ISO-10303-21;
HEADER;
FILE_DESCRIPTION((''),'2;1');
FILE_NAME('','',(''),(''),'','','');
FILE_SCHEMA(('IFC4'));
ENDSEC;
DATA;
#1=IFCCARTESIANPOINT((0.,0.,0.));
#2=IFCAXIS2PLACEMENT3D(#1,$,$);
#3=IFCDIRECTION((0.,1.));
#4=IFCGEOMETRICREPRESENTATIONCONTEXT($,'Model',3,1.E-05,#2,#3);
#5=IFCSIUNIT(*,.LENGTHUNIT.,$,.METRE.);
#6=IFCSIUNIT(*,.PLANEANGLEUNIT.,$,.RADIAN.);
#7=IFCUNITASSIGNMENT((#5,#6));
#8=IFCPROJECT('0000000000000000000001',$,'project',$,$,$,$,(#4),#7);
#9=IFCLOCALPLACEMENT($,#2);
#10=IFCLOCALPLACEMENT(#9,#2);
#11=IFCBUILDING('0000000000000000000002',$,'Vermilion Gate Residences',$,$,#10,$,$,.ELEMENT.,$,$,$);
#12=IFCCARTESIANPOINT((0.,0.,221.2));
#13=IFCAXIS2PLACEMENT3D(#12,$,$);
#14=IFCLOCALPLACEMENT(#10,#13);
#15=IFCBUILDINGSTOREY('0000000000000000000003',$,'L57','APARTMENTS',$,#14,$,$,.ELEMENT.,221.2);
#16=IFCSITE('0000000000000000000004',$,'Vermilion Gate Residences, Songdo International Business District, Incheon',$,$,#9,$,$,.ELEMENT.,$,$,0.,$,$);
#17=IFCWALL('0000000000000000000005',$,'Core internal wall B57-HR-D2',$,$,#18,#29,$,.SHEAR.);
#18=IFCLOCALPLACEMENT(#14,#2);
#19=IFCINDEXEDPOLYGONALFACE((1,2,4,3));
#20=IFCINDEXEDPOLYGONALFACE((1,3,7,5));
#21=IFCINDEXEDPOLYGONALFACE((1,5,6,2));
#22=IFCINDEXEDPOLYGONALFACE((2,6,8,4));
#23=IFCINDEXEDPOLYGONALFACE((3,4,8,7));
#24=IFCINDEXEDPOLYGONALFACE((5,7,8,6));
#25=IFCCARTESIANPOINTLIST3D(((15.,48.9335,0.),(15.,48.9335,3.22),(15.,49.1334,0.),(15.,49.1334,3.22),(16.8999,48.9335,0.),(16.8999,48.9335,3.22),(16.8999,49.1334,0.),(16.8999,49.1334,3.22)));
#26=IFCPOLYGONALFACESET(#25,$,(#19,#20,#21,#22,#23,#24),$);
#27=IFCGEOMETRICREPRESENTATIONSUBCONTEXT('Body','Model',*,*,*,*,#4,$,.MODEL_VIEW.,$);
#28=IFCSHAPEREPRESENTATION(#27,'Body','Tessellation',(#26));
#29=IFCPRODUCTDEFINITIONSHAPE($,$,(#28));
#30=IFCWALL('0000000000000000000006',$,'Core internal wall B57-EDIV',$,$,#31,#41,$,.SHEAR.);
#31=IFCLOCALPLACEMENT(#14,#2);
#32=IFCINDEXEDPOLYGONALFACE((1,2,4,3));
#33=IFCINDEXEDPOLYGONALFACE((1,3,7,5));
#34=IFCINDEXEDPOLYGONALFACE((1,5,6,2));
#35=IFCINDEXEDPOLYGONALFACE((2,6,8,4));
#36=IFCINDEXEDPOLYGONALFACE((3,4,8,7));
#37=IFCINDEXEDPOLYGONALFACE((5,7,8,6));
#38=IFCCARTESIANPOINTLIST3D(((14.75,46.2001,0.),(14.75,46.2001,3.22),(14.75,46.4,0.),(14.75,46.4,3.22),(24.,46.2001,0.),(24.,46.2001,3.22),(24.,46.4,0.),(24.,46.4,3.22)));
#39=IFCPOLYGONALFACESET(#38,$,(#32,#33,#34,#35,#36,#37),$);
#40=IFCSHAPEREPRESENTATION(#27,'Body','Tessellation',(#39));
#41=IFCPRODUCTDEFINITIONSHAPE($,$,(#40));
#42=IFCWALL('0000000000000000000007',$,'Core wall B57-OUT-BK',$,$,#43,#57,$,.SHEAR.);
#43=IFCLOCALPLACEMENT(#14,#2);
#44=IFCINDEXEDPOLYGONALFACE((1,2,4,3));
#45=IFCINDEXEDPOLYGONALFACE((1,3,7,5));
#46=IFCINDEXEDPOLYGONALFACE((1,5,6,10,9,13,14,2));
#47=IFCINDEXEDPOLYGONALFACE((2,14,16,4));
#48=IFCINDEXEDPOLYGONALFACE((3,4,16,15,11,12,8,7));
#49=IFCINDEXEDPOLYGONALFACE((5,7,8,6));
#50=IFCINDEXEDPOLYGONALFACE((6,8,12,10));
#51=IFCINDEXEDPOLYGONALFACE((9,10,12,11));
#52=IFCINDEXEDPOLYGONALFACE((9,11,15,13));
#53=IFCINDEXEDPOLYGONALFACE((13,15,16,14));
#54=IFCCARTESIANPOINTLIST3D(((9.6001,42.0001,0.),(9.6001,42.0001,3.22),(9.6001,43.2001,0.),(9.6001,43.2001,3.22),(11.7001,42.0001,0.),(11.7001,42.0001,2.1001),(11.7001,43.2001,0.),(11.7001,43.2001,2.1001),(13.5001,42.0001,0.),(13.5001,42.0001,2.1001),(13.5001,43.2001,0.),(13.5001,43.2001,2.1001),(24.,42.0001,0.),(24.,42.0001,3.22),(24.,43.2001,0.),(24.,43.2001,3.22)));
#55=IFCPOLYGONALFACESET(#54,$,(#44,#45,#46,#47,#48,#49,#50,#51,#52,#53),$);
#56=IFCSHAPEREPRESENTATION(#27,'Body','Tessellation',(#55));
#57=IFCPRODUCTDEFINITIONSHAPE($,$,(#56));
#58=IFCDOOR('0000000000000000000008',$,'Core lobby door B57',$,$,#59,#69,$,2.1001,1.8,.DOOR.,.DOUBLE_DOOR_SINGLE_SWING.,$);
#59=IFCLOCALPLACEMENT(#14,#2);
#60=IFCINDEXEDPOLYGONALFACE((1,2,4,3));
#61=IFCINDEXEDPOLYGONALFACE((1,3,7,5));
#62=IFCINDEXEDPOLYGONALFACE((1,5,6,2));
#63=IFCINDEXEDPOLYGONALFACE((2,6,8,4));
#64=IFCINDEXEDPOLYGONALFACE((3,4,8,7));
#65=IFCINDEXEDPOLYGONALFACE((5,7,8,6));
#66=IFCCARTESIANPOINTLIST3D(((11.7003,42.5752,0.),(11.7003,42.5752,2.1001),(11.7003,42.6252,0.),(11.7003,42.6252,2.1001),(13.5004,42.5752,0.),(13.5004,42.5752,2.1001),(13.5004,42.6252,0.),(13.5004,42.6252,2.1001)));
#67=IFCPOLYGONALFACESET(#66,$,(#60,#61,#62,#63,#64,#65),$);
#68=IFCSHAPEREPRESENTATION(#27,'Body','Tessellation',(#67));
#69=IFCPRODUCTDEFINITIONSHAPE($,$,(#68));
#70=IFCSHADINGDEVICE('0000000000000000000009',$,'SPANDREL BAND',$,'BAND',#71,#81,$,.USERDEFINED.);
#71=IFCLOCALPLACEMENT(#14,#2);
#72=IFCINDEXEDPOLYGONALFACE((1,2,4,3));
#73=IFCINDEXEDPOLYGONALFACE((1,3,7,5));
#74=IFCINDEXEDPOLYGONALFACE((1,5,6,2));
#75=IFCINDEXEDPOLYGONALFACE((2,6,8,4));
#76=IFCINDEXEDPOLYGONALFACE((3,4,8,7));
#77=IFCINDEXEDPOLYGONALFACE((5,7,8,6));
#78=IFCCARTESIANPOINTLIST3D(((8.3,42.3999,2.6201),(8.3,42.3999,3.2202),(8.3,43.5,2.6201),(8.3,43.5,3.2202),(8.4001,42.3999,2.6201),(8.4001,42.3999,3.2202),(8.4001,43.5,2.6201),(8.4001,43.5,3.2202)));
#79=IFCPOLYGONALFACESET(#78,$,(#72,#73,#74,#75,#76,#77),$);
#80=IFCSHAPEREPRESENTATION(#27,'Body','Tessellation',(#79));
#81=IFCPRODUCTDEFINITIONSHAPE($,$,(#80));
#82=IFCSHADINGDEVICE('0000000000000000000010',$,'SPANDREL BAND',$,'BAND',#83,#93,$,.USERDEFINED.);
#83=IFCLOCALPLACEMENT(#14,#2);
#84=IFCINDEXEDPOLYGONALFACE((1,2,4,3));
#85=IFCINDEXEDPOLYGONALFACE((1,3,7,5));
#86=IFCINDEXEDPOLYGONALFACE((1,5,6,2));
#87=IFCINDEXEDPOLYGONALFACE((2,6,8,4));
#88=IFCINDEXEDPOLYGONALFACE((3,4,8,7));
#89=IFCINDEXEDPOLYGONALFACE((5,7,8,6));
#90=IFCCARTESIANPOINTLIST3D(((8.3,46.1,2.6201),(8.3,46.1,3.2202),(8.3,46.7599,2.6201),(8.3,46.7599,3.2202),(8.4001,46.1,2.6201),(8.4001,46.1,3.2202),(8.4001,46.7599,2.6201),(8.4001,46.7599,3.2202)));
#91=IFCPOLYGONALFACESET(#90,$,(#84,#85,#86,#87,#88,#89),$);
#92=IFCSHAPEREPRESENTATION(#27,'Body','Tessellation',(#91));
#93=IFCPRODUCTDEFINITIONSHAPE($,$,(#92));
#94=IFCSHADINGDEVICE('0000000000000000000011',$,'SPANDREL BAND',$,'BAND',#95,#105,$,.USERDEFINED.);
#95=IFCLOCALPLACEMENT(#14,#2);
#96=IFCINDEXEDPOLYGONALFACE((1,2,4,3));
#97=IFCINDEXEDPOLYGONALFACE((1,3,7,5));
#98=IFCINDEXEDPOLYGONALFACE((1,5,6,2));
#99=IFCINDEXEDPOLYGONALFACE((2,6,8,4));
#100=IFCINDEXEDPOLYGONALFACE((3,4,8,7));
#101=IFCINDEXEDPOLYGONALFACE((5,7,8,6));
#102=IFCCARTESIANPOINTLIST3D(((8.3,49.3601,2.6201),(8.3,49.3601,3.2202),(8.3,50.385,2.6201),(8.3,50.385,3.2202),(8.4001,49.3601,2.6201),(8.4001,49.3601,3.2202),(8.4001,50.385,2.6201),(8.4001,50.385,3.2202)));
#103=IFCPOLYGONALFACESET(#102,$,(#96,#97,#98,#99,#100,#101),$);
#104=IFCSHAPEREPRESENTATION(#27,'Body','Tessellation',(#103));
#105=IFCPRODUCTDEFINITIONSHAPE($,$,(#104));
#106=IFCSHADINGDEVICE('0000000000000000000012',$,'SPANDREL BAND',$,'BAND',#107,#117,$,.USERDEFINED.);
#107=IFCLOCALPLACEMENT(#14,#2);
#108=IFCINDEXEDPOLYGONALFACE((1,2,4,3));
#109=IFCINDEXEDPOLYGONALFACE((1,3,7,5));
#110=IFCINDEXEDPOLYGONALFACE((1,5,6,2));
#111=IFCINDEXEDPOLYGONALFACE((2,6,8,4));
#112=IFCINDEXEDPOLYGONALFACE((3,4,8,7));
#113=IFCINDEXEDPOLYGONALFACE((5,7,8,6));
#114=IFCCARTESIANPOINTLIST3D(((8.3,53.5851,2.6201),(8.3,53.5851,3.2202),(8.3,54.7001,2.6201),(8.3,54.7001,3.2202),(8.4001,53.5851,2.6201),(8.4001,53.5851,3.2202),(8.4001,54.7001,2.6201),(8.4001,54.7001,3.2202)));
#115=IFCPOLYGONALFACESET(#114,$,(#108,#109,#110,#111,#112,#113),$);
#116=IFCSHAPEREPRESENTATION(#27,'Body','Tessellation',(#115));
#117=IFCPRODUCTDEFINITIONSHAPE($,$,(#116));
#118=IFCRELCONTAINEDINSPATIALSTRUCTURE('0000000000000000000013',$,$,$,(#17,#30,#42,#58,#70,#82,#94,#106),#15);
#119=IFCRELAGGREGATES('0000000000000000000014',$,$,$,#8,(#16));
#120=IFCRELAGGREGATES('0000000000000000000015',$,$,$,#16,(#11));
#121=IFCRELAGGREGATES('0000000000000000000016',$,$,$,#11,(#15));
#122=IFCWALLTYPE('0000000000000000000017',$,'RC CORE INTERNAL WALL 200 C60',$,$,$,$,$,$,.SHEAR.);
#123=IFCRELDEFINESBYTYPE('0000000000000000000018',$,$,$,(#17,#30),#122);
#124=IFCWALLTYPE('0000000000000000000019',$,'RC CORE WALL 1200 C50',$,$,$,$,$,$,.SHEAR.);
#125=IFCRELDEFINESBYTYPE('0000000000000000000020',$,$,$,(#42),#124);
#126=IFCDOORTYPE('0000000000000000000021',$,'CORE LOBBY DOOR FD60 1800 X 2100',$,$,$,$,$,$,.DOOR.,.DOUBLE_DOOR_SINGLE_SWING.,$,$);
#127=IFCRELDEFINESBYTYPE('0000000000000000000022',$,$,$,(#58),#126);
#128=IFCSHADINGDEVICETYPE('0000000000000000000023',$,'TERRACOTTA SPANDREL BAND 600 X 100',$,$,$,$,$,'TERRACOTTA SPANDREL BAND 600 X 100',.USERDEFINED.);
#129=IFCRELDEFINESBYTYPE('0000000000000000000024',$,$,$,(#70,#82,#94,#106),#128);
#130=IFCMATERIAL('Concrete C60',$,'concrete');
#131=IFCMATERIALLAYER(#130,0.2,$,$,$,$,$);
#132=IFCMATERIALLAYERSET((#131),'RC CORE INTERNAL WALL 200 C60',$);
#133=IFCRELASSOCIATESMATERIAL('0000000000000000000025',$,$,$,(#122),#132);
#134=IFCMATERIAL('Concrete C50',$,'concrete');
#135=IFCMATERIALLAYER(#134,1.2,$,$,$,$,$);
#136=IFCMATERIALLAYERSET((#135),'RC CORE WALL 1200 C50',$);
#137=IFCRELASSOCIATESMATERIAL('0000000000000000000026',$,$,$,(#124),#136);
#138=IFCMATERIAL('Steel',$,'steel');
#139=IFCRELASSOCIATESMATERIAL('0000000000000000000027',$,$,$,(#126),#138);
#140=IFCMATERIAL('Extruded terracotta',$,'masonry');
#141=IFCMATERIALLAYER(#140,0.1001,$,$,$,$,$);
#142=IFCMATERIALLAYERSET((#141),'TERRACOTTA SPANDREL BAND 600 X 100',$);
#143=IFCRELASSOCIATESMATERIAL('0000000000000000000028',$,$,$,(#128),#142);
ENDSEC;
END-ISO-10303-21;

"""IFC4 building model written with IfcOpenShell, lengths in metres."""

from ifc_helpers import new_model, si_unit, direction, frame, frame_2d, origin, origin_2d, place, context, subcontext, project, spatial, rectangle, extrude, material, layer, layer_set, type_object, element, fill, save


model = new_model("IFC4")

# Units and contexts
model_context = context("Model", 3, precision=1e-05, world=origin(), true_north=direction((0.0, 1.0)))
body_context = subcontext(model_context, "Body", "Model", "MODEL_VIEW")
ifc_project = project(units=[si_unit("LENGTHUNIT", "METRE"), si_unit("PLANEANGLEUNIT", "RADIAN")], contexts=[model_context])

# Site, building, storey
site_placement = place(None, origin())
site = spatial("IfcSite", under=ifc_project, at=site_placement, Name="Vermilion Gate Residences, Songdo International Business District, Incheon", CompositionType="ELEMENT", RefElevation=0.0)
building_placement = place(site_placement, origin())
building = spatial("IfcBuilding", under=site, at=building_placement, Name="Vermilion Gate Residences", CompositionType="ELEMENT")
storey_placement = place(building_placement, frame((0.0, 0.0, 221.2)))
storey = spatial("IfcBuildingStorey", under=building, at=storey_placement, Name="L57", Description="APARTMENTS", CompositionType="ELEMENT", Elevation=221.2)

# Walls
ifc_material_1 = material(Name="Concrete C60", Category="concrete")
ifc_layer_1 = layer(ifc_material_1, 0.2)
ifc_layer_set_1 = layer_set([ifc_layer_1], Name="RC CORE INTERNAL WALL 200 C60")
wall_type_1 = type_object("IfcWallType", Name="RC CORE INTERNAL WALL 200 C60", PredefinedType="SHEAR", material=ifc_layer_set_1)
for number, where, z_axis, x_axis, name in (
    (1, (15.0, 49.0334, 0.0), (0.0, 0.0, 1.0), (1.0, 0.0, 0.0), "Core internal wall B57-HR-D2"),
):
    element("IfcWall", number, at=place(storey_placement, frame(where, z_axis=z_axis, x_axis=x_axis)), inside=storey, type_object=wall_type_1, Name=name, PredefinedType="SHEAR", context=body_context, shape_type="SweptSolid", body=[
        extrude(rectangle(XDim=1.8999, YDim=0.2, at=frame_2d((0.95, 0.0))), origin(), (0.0, 0.0, 1.0), 3.22),
    ])
wall_1_placement = place(storey_placement, frame((14.75, 46.3, 0.0), z_axis=(0.0, 0.0, 1.0), x_axis=(1.0, 0.0, 0.0)))
element("IfcWall", 2, at=wall_1_placement, inside=storey, type_object=wall_type_1, Name="Core internal wall B57-EDIV", PredefinedType="SHEAR", context=body_context, shape_type="SweptSolid", body=[
    extrude(rectangle(XDim=9.25, YDim=0.2, at=frame_2d((4.625, 0.0))), origin(), (0.0, 0.0, 1.0), 3.22),
])

# Wall, opening, door
ifc_material_2 = material(Name="Concrete C50", Category="concrete")
ifc_layer_2 = layer(ifc_material_2, 1.2)
ifc_layer_set_2 = layer_set([ifc_layer_2], Name="RC CORE WALL 1200 C50")
wall_type_2 = type_object("IfcWallType", Name="RC CORE WALL 1200 C50", PredefinedType="SHEAR", material=ifc_layer_set_2)
wall_2_placement = place(storey_placement, frame((9.6001, 42.6001, 0.0), z_axis=(0.0, 0.0, 1.0), x_axis=(1.0, 0.0, 0.0)))
wall_2 = element("IfcWall", 3, at=wall_2_placement, inside=storey, type_object=wall_type_2, Name="Core wall B57-OUT-BK", PredefinedType="SHEAR", context=body_context, shape_type="SweptSolid", body=[
    extrude(rectangle(XDim=14.3999, YDim=1.2, at=frame_2d((7.2, 0.0))), origin(), (0.0, 0.0, 1.0), 3.22),
])
opening_1_placement = place(wall_2_placement, frame((2.1001, 0.0, 0.0)))
opening_1 = element("IfcOpeningElement", 4, at=opening_1_placement, cuts=wall_2, PredefinedType="OPENING", context=body_context, shape_type="SweptSolid", body=[
    extrude(rectangle(XDim=1.8, YDim=2.1001, at=frame_2d((0.8999, 1.05))), frame((0.0, 0.6099, 0.0), z_axis=(0.0, -1.0, 0.0), x_axis=(1.0, 0.0, 0.0)), (0.0, 0.0, 1.0), 1.22),
])
ifc_material_3 = material(Name="Steel", Category="steel")
door_type_1 = type_object("IfcDoorType", Name="CORE LOBBY DOOR FD60 1800 X 2100", OperationType="DOUBLE_DOOR_SINGLE_SWING", PredefinedType="DOOR", material=ifc_material_3)
door_1_placement = place(opening_1_placement, frame((1.8, 0.0, 0.0), z_axis=(0.0, 0.0, 1.0), x_axis=(-1.0, 0.0, 0.0)))
door_1 = element("IfcDoor", 5, at=door_1_placement, inside=storey, type_object=door_type_1, Name="Core lobby door B57", OperationType="DOUBLE_DOOR_SINGLE_SWING", OverallHeight=2.1001, OverallWidth=1.8, PredefinedType="DOOR", context=body_context, shape_type="SweptSolid", body=[
    extrude(rectangle(XDim=1.8, YDim=2.1001, at=frame_2d((0.8999, 1.05))), frame((0.0, 0.0249, 0.0), z_axis=(0.0, -1.0, 0.0), x_axis=(1.0, 0.0, 0.0)), (0.0, 0.0, 1.0), 0.05),
])
fill(opening_1, door_1)

# Shading devices
ifc_material_4 = material(Name="Extruded terracotta", Category="masonry")
ifc_layer_3 = layer(ifc_material_4, 0.1001)
ifc_layer_set_3 = layer_set([ifc_layer_3], Name="TERRACOTTA SPANDREL BAND 600 X 100")
shading_device_type = type_object("IfcShadingDeviceType", Name="TERRACOTTA SPANDREL BAND 600 X 100", ElementType="TERRACOTTA SPANDREL BAND 600 X 100", PredefinedType="USERDEFINED", material=ifc_layer_set_3)
shading_device_1_placement = place(storey_placement, frame((8.3501, 42.95, 2.6201), z_axis=(0.0, 0.0, 1.0), x_axis=(0.0, 1.0, 0.0)))
element("IfcShadingDevice", 6, at=shading_device_1_placement, inside=storey, type_object=shading_device_type, Name="SPANDREL BAND", ObjectType="BAND", PredefinedType="USERDEFINED", context=body_context, shape_type="SweptSolid", body=[
    extrude(rectangle(XDim=1.1001, YDim=0.1001, at=origin_2d()), origin(), (0.0, 0.0, 1.0), 0.6001),
])
shading_device_2_placement = place(storey_placement, frame((8.3501, 46.4299, 2.6201), z_axis=(0.0, 0.0, 1.0), x_axis=(0.0, 1.0, 0.0)))
element("IfcShadingDevice", 7, at=shading_device_2_placement, inside=storey, type_object=shading_device_type, Name="SPANDREL BAND", ObjectType="BAND", PredefinedType="USERDEFINED", context=body_context, shape_type="SweptSolid", body=[
    extrude(rectangle(XDim=0.6599, YDim=0.1001, at=origin_2d()), origin(), (0.0, 0.0, 1.0), 0.6001),
])
shading_device_3_placement = place(storey_placement, frame((8.3501, 49.8726, 2.6201), z_axis=(0.0, 0.0, 1.0), x_axis=(0.0, 1.0, 0.0)))
element("IfcShadingDevice", 8, at=shading_device_3_placement, inside=storey, type_object=shading_device_type, Name="SPANDREL BAND", ObjectType="BAND", PredefinedType="USERDEFINED", context=body_context, shape_type="SweptSolid", body=[
    extrude(rectangle(XDim=1.0249, YDim=0.1001, at=origin_2d()), origin(), (0.0, 0.0, 1.0), 0.6001),
])
shading_device_4_placement = place(storey_placement, frame((8.3501, 54.1426, 2.6201), z_axis=(0.0, 0.0, 1.0), x_axis=(0.0, 1.0, 0.0)))
element("IfcShadingDevice", 9, at=shading_device_4_placement, inside=storey, type_object=shading_device_type, Name="SPANDREL BAND", ObjectType="BAND", PredefinedType="USERDEFINED", context=body_context, shape_type="SweptSolid", body=[
    extrude(rectangle(XDim=1.115, YDim=0.1001, at=origin_2d()), origin(), (0.0, 0.0, 1.0), 0.6001),
])

save(model, "model.ifc")
